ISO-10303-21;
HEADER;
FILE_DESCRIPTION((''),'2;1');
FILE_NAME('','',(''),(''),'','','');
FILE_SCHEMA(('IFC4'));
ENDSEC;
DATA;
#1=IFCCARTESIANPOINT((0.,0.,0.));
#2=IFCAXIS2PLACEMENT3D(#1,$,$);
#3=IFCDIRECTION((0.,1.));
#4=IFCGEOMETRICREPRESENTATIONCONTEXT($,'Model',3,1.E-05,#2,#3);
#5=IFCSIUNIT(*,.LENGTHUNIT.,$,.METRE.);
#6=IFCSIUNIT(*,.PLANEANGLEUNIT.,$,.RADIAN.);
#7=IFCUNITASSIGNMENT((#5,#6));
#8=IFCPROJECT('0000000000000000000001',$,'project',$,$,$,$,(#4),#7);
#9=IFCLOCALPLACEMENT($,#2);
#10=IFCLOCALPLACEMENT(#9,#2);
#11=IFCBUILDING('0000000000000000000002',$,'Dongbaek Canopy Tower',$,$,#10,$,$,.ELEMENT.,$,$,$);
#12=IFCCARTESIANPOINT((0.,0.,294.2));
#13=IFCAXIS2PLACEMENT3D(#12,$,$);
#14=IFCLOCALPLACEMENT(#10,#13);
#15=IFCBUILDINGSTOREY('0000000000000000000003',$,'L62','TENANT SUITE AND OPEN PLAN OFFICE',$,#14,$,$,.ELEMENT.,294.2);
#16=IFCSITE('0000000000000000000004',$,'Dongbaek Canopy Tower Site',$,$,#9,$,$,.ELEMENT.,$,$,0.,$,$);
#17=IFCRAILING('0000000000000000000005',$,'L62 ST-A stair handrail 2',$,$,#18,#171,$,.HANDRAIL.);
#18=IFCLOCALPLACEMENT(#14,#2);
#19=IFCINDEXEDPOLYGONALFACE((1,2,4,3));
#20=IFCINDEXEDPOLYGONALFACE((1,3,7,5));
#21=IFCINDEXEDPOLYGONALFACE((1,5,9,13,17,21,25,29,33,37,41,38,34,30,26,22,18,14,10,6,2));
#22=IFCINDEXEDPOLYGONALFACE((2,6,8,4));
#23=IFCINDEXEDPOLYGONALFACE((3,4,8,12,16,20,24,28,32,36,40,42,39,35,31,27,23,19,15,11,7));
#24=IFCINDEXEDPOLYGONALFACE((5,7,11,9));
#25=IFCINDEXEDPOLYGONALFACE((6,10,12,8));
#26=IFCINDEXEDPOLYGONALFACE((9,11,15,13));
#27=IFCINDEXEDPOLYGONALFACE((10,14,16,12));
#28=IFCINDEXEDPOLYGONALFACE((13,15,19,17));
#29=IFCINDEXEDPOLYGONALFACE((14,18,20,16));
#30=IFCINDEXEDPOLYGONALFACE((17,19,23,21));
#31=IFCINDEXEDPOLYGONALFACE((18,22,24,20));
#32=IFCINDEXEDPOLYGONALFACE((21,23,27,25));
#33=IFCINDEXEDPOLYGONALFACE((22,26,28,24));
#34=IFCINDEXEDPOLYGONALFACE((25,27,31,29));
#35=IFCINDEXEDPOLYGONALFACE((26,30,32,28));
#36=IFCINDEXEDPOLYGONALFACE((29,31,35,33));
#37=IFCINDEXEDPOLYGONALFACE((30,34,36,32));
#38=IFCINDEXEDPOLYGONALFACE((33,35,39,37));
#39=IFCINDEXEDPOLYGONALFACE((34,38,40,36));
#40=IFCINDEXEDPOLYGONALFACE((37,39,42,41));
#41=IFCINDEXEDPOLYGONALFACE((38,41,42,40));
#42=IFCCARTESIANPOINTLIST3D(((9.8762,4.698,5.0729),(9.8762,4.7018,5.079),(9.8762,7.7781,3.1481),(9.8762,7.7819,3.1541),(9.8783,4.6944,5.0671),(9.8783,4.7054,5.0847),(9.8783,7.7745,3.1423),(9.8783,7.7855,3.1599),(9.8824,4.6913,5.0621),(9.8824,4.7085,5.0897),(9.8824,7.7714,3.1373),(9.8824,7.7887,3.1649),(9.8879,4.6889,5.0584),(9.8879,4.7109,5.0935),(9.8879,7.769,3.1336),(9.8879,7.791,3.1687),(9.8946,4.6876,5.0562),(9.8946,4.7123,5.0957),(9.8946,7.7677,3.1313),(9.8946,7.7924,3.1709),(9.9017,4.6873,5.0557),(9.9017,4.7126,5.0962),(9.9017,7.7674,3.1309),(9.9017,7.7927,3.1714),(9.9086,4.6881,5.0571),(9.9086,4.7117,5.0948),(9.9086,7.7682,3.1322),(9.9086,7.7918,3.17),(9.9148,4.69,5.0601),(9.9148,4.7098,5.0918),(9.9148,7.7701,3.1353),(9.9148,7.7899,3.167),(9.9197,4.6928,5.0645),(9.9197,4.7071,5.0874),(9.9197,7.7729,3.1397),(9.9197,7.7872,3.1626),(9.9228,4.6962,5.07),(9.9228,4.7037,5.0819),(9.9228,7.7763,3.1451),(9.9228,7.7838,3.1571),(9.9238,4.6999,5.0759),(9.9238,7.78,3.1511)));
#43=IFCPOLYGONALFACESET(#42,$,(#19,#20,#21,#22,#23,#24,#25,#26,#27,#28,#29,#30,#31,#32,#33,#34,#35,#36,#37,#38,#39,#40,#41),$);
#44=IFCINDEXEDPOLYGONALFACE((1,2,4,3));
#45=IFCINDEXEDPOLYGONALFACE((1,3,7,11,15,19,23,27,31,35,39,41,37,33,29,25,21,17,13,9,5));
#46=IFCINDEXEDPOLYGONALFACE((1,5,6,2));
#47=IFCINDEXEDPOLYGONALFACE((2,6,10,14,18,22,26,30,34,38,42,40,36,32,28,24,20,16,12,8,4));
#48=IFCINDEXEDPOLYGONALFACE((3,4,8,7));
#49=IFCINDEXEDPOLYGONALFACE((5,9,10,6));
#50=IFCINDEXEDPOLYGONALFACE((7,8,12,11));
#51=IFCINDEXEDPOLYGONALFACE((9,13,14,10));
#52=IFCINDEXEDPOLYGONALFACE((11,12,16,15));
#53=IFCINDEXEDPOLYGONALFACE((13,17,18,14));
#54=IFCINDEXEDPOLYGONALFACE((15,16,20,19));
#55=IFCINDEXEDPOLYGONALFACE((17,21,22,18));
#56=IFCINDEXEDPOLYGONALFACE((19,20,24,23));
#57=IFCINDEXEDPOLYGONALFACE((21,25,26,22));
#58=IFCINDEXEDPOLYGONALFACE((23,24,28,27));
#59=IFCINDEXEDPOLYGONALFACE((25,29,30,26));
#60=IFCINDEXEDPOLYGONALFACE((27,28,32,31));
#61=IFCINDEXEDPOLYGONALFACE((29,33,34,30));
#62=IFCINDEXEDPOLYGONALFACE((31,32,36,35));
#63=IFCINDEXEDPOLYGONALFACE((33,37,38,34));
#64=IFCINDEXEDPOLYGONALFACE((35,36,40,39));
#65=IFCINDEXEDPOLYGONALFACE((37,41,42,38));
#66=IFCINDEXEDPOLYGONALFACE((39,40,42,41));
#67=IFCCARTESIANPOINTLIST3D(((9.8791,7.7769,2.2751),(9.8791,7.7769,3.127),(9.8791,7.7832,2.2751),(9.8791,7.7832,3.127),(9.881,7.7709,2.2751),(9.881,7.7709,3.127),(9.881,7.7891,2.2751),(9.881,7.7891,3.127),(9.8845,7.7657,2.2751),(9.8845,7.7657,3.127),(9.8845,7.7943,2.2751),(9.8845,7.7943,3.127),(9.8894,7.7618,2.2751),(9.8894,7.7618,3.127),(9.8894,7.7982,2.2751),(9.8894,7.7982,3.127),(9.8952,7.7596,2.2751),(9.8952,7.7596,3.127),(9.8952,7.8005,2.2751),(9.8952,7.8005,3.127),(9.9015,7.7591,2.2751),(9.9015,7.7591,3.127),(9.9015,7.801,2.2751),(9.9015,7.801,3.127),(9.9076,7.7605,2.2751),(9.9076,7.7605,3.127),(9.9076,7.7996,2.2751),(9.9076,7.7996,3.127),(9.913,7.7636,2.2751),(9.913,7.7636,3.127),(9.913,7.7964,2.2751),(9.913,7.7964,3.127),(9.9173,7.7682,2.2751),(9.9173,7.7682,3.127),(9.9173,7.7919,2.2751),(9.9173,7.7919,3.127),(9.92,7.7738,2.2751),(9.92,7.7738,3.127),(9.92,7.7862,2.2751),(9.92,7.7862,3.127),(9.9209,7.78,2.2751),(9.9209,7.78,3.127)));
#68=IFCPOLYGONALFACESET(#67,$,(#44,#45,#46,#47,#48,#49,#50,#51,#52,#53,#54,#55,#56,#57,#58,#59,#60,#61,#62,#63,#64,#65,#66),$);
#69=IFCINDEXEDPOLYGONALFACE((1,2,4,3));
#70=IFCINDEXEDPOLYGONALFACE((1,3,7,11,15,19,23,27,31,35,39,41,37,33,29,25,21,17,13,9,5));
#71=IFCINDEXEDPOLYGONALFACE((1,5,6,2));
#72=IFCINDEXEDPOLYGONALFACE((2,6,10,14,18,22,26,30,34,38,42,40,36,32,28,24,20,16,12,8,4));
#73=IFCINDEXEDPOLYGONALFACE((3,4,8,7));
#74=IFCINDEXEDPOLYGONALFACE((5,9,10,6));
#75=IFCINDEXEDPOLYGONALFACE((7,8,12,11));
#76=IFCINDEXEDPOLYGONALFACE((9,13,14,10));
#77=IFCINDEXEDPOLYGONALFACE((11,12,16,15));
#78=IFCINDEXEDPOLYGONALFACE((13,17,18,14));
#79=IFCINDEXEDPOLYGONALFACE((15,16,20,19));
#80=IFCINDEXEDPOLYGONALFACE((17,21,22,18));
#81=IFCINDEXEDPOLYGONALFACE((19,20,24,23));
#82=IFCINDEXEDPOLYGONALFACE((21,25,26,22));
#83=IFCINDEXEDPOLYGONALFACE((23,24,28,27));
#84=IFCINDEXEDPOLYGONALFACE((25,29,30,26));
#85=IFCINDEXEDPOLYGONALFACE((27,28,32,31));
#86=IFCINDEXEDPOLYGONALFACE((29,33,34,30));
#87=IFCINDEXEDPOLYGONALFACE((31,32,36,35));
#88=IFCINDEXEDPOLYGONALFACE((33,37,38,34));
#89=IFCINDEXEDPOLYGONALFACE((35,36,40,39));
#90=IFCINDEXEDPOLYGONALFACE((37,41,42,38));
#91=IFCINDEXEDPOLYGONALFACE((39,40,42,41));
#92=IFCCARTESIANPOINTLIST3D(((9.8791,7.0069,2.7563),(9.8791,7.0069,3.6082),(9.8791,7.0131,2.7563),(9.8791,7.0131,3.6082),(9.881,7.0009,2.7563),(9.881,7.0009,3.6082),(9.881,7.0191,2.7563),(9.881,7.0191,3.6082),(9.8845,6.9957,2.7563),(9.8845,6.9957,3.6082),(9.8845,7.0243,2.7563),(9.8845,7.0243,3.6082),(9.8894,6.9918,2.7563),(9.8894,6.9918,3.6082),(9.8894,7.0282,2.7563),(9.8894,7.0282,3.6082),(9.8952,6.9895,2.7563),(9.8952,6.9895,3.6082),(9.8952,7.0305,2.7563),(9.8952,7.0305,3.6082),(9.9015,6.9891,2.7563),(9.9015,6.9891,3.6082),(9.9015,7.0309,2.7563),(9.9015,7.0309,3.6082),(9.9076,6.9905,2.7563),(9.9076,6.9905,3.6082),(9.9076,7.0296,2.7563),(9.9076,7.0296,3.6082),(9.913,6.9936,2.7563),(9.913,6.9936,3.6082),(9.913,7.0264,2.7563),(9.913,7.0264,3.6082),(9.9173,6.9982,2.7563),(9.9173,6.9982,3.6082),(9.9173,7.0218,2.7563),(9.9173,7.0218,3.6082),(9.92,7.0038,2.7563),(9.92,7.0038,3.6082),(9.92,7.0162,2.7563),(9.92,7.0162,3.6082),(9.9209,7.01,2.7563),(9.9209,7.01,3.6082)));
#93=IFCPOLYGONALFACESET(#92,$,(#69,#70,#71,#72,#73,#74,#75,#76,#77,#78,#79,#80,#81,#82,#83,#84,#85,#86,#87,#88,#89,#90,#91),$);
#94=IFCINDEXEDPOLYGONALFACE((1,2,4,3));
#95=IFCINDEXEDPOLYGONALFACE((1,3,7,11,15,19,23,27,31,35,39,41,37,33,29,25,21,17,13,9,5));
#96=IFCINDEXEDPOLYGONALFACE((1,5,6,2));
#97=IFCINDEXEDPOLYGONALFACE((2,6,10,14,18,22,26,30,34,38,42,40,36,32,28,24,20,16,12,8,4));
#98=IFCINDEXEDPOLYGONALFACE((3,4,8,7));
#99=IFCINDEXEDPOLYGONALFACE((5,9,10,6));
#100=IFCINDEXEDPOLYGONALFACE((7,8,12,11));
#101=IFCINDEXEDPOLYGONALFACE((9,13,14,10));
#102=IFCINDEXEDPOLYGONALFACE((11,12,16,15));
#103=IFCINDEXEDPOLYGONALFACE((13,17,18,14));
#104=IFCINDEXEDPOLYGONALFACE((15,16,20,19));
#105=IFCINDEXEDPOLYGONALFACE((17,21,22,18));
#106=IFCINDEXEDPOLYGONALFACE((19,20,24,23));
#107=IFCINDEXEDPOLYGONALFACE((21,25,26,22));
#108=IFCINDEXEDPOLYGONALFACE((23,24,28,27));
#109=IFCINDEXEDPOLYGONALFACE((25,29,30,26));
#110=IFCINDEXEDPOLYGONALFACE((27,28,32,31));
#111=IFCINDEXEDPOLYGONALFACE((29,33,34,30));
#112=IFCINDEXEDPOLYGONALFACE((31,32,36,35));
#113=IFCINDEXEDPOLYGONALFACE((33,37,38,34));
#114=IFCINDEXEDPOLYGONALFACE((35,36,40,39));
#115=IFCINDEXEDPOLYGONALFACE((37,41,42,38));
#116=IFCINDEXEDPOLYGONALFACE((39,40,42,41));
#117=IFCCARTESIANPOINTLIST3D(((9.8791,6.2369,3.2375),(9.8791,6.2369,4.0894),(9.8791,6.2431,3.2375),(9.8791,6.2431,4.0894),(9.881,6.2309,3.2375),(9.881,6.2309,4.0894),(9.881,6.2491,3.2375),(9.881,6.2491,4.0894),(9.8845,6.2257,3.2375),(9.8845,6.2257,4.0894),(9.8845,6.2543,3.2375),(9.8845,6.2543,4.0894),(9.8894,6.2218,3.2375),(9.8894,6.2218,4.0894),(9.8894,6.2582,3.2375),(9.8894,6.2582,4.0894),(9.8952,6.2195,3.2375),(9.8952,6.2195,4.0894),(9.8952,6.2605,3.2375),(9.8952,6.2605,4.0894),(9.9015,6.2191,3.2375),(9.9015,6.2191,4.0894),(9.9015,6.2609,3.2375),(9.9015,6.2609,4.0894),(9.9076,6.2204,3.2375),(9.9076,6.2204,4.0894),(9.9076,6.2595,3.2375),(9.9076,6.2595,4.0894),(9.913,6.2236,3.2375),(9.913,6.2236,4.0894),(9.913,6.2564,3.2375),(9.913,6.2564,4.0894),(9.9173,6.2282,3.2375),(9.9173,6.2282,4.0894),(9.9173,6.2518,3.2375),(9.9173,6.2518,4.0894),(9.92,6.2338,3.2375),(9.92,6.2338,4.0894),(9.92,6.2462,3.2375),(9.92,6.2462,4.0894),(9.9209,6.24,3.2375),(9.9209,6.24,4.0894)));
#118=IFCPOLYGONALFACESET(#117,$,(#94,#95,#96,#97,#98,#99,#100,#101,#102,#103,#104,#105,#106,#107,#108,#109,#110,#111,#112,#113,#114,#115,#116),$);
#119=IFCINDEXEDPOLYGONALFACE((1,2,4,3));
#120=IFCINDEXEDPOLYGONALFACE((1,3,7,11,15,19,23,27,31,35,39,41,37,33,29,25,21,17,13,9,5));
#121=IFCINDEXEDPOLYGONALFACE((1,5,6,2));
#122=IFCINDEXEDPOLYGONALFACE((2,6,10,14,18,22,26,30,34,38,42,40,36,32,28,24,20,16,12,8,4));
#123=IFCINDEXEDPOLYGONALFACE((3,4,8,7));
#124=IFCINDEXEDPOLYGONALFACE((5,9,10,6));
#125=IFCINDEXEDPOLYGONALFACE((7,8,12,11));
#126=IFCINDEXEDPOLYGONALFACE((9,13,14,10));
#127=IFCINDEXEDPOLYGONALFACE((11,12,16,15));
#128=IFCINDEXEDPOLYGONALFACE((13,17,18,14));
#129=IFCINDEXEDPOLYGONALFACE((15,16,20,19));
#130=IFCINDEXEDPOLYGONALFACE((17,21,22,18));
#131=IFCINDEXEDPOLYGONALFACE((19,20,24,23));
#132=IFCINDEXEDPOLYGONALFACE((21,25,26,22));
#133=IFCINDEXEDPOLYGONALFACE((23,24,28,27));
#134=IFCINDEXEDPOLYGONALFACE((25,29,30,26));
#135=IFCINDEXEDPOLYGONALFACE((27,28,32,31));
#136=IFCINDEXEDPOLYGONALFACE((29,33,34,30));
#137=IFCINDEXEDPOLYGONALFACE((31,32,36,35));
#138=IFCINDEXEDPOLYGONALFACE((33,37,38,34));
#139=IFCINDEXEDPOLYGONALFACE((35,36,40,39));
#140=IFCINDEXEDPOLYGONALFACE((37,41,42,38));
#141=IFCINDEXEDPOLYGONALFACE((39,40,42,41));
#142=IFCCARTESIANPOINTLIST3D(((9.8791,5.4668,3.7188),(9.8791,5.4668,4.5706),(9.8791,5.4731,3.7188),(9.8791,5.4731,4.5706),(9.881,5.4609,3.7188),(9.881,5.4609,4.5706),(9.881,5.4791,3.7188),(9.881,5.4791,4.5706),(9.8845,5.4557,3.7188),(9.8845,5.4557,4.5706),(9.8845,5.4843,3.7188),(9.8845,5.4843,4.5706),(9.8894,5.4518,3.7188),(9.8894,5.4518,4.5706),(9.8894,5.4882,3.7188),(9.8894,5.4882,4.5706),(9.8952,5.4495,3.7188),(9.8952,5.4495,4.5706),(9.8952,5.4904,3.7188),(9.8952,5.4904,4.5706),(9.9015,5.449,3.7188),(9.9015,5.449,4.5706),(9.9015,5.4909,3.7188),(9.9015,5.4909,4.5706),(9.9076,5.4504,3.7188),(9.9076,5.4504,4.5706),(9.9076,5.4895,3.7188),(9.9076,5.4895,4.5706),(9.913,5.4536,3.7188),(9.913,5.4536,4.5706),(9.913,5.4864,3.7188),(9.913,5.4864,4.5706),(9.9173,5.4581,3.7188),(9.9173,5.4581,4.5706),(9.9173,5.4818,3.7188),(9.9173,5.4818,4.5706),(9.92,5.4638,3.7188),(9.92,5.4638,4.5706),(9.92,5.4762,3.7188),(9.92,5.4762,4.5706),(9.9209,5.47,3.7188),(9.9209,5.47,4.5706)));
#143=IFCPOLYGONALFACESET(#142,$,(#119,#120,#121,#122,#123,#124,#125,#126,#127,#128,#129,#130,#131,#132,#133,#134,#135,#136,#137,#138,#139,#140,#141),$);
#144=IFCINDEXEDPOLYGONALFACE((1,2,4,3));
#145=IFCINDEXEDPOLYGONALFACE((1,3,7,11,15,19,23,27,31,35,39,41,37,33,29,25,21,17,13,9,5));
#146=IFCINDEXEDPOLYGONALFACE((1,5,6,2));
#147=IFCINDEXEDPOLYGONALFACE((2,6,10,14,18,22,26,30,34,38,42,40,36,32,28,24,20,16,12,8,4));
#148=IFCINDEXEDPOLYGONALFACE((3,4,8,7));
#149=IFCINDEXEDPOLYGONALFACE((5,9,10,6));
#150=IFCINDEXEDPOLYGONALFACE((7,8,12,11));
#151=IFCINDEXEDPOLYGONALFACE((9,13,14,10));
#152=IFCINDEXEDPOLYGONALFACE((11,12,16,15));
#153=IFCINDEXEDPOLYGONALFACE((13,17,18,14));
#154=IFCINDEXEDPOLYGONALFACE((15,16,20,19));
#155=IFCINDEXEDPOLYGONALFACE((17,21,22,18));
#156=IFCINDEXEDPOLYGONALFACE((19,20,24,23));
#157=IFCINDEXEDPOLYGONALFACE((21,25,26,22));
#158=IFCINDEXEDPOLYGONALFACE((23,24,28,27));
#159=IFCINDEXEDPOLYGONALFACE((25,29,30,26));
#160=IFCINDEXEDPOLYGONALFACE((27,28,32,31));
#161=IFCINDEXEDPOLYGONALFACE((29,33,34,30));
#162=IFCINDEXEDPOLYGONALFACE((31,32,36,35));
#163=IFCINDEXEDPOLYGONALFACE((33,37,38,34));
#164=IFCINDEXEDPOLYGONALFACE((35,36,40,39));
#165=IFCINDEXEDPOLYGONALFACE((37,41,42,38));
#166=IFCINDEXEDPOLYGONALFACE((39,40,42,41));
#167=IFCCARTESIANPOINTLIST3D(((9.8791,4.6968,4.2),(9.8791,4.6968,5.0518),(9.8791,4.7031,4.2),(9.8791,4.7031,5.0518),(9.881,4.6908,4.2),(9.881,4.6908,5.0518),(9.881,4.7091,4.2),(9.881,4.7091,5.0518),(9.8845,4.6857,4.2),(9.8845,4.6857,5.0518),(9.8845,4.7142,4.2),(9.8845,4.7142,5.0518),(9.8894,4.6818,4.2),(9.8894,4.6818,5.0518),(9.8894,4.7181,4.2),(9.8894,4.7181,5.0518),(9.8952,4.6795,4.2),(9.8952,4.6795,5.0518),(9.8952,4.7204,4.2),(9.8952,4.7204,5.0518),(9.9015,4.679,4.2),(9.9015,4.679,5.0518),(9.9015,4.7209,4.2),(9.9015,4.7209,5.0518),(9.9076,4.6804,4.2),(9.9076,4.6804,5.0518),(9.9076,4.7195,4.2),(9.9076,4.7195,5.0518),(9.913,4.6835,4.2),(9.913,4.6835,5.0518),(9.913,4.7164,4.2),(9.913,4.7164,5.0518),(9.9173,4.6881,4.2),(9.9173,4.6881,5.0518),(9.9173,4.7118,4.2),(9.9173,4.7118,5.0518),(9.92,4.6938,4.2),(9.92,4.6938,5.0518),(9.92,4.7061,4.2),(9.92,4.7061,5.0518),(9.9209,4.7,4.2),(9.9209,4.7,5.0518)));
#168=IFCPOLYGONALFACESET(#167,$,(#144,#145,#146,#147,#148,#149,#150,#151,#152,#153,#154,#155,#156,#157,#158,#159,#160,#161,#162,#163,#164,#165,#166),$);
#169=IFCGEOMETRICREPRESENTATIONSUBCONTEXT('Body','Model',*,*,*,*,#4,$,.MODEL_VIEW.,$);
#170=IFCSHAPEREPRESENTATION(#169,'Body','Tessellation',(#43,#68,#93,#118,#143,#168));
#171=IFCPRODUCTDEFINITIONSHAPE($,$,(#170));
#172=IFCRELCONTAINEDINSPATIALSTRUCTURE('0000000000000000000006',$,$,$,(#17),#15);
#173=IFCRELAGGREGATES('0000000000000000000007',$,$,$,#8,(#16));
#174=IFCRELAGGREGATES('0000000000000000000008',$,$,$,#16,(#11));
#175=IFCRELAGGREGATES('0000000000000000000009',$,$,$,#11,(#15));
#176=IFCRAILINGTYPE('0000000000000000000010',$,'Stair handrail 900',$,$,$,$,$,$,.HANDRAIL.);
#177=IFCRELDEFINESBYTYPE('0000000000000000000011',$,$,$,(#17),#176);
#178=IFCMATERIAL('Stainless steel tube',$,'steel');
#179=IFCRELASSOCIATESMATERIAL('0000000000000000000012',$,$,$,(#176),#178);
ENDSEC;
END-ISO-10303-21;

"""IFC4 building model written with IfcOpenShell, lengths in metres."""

from ifc_helpers import new_model, si_unit, direction, frame, origin, origin_2d, place, context, subcontext, project, spatial, circle, extrude, material, type_object, element, save


model = new_model("IFC4")

# Units and contexts
model_context = context("Model", 3, precision=1e-05, world=origin(), true_north=direction((0.0, 1.0)))
body_context = subcontext(model_context, "Body", "Model", "MODEL_VIEW")
ifc_project = project(units=[si_unit("LENGTHUNIT", "METRE"), si_unit("PLANEANGLEUNIT", "RADIAN")], contexts=[model_context])

# Site, building, storey
site_placement = place(None, origin())
site = spatial("IfcSite", under=ifc_project, at=site_placement, Name="Dongbaek Canopy Tower Site", CompositionType="ELEMENT", RefElevation=0.0)
building_placement = place(site_placement, origin())
building = spatial("IfcBuilding", under=site, at=building_placement, Name="Dongbaek Canopy Tower", CompositionType="ELEMENT")
storey_placement = place(building_placement, frame((0.0, 0.0, 294.2)))
storey = spatial("IfcBuildingStorey", under=building, at=storey_placement, Name="L62", Description="TENANT SUITE AND OPEN PLAN OFFICE", CompositionType="ELEMENT", Elevation=294.2)

# Railing
ifc_material_1 = material(Name="Stainless steel tube", Category="steel")
railing_type_1 = type_object("IfcRailingType", Name="Stair handrail 900", PredefinedType="HANDRAIL", material=ifc_material_1)
railing_1_placement = place(storey_placement, frame((9.8999, 7.78, 2.2751)))
element("IfcRailing", 1, at=railing_1_placement, inside=storey, type_object=railing_type_1, Name="L62 ST-A stair handrail 2", PredefinedType="HANDRAIL", context=body_context, shape_type="SweptSolid", body=[
    extrude(circle(Radius=0.0239, at=origin_2d()), frame((0.0, 0.0, 0.876), z_axis=(0.0, -0.848029, 0.529951), x_axis=(1.0, 0.0, 0.0)), (0.0, 0.0, 1.0), 3.6321),
    extrude(circle(Radius=0.021, at=origin_2d()), origin(), (0.0, 0.0, 1.0), 0.8518),
    extrude(circle(Radius=0.021, at=origin_2d()), frame((0.0, -0.77, 0.4812)), (0.0, 0.0, 1.0), 0.8518),
    extrude(circle(Radius=0.021, at=origin_2d()), frame((0.0, -1.54, 0.9624)), (0.0, 0.0, 1.0), 0.8518),
    extrude(circle(Radius=0.021, at=origin_2d()), frame((0.0, -2.3101, 1.4436)), (0.0, 0.0, 1.0), 0.8518),
    extrude(circle(Radius=0.021, at=origin_2d()), frame((0.0, -3.0801, 1.9248)), (0.0, 0.0, 1.0), 0.8518),
])

save(model, "model.ifc")
